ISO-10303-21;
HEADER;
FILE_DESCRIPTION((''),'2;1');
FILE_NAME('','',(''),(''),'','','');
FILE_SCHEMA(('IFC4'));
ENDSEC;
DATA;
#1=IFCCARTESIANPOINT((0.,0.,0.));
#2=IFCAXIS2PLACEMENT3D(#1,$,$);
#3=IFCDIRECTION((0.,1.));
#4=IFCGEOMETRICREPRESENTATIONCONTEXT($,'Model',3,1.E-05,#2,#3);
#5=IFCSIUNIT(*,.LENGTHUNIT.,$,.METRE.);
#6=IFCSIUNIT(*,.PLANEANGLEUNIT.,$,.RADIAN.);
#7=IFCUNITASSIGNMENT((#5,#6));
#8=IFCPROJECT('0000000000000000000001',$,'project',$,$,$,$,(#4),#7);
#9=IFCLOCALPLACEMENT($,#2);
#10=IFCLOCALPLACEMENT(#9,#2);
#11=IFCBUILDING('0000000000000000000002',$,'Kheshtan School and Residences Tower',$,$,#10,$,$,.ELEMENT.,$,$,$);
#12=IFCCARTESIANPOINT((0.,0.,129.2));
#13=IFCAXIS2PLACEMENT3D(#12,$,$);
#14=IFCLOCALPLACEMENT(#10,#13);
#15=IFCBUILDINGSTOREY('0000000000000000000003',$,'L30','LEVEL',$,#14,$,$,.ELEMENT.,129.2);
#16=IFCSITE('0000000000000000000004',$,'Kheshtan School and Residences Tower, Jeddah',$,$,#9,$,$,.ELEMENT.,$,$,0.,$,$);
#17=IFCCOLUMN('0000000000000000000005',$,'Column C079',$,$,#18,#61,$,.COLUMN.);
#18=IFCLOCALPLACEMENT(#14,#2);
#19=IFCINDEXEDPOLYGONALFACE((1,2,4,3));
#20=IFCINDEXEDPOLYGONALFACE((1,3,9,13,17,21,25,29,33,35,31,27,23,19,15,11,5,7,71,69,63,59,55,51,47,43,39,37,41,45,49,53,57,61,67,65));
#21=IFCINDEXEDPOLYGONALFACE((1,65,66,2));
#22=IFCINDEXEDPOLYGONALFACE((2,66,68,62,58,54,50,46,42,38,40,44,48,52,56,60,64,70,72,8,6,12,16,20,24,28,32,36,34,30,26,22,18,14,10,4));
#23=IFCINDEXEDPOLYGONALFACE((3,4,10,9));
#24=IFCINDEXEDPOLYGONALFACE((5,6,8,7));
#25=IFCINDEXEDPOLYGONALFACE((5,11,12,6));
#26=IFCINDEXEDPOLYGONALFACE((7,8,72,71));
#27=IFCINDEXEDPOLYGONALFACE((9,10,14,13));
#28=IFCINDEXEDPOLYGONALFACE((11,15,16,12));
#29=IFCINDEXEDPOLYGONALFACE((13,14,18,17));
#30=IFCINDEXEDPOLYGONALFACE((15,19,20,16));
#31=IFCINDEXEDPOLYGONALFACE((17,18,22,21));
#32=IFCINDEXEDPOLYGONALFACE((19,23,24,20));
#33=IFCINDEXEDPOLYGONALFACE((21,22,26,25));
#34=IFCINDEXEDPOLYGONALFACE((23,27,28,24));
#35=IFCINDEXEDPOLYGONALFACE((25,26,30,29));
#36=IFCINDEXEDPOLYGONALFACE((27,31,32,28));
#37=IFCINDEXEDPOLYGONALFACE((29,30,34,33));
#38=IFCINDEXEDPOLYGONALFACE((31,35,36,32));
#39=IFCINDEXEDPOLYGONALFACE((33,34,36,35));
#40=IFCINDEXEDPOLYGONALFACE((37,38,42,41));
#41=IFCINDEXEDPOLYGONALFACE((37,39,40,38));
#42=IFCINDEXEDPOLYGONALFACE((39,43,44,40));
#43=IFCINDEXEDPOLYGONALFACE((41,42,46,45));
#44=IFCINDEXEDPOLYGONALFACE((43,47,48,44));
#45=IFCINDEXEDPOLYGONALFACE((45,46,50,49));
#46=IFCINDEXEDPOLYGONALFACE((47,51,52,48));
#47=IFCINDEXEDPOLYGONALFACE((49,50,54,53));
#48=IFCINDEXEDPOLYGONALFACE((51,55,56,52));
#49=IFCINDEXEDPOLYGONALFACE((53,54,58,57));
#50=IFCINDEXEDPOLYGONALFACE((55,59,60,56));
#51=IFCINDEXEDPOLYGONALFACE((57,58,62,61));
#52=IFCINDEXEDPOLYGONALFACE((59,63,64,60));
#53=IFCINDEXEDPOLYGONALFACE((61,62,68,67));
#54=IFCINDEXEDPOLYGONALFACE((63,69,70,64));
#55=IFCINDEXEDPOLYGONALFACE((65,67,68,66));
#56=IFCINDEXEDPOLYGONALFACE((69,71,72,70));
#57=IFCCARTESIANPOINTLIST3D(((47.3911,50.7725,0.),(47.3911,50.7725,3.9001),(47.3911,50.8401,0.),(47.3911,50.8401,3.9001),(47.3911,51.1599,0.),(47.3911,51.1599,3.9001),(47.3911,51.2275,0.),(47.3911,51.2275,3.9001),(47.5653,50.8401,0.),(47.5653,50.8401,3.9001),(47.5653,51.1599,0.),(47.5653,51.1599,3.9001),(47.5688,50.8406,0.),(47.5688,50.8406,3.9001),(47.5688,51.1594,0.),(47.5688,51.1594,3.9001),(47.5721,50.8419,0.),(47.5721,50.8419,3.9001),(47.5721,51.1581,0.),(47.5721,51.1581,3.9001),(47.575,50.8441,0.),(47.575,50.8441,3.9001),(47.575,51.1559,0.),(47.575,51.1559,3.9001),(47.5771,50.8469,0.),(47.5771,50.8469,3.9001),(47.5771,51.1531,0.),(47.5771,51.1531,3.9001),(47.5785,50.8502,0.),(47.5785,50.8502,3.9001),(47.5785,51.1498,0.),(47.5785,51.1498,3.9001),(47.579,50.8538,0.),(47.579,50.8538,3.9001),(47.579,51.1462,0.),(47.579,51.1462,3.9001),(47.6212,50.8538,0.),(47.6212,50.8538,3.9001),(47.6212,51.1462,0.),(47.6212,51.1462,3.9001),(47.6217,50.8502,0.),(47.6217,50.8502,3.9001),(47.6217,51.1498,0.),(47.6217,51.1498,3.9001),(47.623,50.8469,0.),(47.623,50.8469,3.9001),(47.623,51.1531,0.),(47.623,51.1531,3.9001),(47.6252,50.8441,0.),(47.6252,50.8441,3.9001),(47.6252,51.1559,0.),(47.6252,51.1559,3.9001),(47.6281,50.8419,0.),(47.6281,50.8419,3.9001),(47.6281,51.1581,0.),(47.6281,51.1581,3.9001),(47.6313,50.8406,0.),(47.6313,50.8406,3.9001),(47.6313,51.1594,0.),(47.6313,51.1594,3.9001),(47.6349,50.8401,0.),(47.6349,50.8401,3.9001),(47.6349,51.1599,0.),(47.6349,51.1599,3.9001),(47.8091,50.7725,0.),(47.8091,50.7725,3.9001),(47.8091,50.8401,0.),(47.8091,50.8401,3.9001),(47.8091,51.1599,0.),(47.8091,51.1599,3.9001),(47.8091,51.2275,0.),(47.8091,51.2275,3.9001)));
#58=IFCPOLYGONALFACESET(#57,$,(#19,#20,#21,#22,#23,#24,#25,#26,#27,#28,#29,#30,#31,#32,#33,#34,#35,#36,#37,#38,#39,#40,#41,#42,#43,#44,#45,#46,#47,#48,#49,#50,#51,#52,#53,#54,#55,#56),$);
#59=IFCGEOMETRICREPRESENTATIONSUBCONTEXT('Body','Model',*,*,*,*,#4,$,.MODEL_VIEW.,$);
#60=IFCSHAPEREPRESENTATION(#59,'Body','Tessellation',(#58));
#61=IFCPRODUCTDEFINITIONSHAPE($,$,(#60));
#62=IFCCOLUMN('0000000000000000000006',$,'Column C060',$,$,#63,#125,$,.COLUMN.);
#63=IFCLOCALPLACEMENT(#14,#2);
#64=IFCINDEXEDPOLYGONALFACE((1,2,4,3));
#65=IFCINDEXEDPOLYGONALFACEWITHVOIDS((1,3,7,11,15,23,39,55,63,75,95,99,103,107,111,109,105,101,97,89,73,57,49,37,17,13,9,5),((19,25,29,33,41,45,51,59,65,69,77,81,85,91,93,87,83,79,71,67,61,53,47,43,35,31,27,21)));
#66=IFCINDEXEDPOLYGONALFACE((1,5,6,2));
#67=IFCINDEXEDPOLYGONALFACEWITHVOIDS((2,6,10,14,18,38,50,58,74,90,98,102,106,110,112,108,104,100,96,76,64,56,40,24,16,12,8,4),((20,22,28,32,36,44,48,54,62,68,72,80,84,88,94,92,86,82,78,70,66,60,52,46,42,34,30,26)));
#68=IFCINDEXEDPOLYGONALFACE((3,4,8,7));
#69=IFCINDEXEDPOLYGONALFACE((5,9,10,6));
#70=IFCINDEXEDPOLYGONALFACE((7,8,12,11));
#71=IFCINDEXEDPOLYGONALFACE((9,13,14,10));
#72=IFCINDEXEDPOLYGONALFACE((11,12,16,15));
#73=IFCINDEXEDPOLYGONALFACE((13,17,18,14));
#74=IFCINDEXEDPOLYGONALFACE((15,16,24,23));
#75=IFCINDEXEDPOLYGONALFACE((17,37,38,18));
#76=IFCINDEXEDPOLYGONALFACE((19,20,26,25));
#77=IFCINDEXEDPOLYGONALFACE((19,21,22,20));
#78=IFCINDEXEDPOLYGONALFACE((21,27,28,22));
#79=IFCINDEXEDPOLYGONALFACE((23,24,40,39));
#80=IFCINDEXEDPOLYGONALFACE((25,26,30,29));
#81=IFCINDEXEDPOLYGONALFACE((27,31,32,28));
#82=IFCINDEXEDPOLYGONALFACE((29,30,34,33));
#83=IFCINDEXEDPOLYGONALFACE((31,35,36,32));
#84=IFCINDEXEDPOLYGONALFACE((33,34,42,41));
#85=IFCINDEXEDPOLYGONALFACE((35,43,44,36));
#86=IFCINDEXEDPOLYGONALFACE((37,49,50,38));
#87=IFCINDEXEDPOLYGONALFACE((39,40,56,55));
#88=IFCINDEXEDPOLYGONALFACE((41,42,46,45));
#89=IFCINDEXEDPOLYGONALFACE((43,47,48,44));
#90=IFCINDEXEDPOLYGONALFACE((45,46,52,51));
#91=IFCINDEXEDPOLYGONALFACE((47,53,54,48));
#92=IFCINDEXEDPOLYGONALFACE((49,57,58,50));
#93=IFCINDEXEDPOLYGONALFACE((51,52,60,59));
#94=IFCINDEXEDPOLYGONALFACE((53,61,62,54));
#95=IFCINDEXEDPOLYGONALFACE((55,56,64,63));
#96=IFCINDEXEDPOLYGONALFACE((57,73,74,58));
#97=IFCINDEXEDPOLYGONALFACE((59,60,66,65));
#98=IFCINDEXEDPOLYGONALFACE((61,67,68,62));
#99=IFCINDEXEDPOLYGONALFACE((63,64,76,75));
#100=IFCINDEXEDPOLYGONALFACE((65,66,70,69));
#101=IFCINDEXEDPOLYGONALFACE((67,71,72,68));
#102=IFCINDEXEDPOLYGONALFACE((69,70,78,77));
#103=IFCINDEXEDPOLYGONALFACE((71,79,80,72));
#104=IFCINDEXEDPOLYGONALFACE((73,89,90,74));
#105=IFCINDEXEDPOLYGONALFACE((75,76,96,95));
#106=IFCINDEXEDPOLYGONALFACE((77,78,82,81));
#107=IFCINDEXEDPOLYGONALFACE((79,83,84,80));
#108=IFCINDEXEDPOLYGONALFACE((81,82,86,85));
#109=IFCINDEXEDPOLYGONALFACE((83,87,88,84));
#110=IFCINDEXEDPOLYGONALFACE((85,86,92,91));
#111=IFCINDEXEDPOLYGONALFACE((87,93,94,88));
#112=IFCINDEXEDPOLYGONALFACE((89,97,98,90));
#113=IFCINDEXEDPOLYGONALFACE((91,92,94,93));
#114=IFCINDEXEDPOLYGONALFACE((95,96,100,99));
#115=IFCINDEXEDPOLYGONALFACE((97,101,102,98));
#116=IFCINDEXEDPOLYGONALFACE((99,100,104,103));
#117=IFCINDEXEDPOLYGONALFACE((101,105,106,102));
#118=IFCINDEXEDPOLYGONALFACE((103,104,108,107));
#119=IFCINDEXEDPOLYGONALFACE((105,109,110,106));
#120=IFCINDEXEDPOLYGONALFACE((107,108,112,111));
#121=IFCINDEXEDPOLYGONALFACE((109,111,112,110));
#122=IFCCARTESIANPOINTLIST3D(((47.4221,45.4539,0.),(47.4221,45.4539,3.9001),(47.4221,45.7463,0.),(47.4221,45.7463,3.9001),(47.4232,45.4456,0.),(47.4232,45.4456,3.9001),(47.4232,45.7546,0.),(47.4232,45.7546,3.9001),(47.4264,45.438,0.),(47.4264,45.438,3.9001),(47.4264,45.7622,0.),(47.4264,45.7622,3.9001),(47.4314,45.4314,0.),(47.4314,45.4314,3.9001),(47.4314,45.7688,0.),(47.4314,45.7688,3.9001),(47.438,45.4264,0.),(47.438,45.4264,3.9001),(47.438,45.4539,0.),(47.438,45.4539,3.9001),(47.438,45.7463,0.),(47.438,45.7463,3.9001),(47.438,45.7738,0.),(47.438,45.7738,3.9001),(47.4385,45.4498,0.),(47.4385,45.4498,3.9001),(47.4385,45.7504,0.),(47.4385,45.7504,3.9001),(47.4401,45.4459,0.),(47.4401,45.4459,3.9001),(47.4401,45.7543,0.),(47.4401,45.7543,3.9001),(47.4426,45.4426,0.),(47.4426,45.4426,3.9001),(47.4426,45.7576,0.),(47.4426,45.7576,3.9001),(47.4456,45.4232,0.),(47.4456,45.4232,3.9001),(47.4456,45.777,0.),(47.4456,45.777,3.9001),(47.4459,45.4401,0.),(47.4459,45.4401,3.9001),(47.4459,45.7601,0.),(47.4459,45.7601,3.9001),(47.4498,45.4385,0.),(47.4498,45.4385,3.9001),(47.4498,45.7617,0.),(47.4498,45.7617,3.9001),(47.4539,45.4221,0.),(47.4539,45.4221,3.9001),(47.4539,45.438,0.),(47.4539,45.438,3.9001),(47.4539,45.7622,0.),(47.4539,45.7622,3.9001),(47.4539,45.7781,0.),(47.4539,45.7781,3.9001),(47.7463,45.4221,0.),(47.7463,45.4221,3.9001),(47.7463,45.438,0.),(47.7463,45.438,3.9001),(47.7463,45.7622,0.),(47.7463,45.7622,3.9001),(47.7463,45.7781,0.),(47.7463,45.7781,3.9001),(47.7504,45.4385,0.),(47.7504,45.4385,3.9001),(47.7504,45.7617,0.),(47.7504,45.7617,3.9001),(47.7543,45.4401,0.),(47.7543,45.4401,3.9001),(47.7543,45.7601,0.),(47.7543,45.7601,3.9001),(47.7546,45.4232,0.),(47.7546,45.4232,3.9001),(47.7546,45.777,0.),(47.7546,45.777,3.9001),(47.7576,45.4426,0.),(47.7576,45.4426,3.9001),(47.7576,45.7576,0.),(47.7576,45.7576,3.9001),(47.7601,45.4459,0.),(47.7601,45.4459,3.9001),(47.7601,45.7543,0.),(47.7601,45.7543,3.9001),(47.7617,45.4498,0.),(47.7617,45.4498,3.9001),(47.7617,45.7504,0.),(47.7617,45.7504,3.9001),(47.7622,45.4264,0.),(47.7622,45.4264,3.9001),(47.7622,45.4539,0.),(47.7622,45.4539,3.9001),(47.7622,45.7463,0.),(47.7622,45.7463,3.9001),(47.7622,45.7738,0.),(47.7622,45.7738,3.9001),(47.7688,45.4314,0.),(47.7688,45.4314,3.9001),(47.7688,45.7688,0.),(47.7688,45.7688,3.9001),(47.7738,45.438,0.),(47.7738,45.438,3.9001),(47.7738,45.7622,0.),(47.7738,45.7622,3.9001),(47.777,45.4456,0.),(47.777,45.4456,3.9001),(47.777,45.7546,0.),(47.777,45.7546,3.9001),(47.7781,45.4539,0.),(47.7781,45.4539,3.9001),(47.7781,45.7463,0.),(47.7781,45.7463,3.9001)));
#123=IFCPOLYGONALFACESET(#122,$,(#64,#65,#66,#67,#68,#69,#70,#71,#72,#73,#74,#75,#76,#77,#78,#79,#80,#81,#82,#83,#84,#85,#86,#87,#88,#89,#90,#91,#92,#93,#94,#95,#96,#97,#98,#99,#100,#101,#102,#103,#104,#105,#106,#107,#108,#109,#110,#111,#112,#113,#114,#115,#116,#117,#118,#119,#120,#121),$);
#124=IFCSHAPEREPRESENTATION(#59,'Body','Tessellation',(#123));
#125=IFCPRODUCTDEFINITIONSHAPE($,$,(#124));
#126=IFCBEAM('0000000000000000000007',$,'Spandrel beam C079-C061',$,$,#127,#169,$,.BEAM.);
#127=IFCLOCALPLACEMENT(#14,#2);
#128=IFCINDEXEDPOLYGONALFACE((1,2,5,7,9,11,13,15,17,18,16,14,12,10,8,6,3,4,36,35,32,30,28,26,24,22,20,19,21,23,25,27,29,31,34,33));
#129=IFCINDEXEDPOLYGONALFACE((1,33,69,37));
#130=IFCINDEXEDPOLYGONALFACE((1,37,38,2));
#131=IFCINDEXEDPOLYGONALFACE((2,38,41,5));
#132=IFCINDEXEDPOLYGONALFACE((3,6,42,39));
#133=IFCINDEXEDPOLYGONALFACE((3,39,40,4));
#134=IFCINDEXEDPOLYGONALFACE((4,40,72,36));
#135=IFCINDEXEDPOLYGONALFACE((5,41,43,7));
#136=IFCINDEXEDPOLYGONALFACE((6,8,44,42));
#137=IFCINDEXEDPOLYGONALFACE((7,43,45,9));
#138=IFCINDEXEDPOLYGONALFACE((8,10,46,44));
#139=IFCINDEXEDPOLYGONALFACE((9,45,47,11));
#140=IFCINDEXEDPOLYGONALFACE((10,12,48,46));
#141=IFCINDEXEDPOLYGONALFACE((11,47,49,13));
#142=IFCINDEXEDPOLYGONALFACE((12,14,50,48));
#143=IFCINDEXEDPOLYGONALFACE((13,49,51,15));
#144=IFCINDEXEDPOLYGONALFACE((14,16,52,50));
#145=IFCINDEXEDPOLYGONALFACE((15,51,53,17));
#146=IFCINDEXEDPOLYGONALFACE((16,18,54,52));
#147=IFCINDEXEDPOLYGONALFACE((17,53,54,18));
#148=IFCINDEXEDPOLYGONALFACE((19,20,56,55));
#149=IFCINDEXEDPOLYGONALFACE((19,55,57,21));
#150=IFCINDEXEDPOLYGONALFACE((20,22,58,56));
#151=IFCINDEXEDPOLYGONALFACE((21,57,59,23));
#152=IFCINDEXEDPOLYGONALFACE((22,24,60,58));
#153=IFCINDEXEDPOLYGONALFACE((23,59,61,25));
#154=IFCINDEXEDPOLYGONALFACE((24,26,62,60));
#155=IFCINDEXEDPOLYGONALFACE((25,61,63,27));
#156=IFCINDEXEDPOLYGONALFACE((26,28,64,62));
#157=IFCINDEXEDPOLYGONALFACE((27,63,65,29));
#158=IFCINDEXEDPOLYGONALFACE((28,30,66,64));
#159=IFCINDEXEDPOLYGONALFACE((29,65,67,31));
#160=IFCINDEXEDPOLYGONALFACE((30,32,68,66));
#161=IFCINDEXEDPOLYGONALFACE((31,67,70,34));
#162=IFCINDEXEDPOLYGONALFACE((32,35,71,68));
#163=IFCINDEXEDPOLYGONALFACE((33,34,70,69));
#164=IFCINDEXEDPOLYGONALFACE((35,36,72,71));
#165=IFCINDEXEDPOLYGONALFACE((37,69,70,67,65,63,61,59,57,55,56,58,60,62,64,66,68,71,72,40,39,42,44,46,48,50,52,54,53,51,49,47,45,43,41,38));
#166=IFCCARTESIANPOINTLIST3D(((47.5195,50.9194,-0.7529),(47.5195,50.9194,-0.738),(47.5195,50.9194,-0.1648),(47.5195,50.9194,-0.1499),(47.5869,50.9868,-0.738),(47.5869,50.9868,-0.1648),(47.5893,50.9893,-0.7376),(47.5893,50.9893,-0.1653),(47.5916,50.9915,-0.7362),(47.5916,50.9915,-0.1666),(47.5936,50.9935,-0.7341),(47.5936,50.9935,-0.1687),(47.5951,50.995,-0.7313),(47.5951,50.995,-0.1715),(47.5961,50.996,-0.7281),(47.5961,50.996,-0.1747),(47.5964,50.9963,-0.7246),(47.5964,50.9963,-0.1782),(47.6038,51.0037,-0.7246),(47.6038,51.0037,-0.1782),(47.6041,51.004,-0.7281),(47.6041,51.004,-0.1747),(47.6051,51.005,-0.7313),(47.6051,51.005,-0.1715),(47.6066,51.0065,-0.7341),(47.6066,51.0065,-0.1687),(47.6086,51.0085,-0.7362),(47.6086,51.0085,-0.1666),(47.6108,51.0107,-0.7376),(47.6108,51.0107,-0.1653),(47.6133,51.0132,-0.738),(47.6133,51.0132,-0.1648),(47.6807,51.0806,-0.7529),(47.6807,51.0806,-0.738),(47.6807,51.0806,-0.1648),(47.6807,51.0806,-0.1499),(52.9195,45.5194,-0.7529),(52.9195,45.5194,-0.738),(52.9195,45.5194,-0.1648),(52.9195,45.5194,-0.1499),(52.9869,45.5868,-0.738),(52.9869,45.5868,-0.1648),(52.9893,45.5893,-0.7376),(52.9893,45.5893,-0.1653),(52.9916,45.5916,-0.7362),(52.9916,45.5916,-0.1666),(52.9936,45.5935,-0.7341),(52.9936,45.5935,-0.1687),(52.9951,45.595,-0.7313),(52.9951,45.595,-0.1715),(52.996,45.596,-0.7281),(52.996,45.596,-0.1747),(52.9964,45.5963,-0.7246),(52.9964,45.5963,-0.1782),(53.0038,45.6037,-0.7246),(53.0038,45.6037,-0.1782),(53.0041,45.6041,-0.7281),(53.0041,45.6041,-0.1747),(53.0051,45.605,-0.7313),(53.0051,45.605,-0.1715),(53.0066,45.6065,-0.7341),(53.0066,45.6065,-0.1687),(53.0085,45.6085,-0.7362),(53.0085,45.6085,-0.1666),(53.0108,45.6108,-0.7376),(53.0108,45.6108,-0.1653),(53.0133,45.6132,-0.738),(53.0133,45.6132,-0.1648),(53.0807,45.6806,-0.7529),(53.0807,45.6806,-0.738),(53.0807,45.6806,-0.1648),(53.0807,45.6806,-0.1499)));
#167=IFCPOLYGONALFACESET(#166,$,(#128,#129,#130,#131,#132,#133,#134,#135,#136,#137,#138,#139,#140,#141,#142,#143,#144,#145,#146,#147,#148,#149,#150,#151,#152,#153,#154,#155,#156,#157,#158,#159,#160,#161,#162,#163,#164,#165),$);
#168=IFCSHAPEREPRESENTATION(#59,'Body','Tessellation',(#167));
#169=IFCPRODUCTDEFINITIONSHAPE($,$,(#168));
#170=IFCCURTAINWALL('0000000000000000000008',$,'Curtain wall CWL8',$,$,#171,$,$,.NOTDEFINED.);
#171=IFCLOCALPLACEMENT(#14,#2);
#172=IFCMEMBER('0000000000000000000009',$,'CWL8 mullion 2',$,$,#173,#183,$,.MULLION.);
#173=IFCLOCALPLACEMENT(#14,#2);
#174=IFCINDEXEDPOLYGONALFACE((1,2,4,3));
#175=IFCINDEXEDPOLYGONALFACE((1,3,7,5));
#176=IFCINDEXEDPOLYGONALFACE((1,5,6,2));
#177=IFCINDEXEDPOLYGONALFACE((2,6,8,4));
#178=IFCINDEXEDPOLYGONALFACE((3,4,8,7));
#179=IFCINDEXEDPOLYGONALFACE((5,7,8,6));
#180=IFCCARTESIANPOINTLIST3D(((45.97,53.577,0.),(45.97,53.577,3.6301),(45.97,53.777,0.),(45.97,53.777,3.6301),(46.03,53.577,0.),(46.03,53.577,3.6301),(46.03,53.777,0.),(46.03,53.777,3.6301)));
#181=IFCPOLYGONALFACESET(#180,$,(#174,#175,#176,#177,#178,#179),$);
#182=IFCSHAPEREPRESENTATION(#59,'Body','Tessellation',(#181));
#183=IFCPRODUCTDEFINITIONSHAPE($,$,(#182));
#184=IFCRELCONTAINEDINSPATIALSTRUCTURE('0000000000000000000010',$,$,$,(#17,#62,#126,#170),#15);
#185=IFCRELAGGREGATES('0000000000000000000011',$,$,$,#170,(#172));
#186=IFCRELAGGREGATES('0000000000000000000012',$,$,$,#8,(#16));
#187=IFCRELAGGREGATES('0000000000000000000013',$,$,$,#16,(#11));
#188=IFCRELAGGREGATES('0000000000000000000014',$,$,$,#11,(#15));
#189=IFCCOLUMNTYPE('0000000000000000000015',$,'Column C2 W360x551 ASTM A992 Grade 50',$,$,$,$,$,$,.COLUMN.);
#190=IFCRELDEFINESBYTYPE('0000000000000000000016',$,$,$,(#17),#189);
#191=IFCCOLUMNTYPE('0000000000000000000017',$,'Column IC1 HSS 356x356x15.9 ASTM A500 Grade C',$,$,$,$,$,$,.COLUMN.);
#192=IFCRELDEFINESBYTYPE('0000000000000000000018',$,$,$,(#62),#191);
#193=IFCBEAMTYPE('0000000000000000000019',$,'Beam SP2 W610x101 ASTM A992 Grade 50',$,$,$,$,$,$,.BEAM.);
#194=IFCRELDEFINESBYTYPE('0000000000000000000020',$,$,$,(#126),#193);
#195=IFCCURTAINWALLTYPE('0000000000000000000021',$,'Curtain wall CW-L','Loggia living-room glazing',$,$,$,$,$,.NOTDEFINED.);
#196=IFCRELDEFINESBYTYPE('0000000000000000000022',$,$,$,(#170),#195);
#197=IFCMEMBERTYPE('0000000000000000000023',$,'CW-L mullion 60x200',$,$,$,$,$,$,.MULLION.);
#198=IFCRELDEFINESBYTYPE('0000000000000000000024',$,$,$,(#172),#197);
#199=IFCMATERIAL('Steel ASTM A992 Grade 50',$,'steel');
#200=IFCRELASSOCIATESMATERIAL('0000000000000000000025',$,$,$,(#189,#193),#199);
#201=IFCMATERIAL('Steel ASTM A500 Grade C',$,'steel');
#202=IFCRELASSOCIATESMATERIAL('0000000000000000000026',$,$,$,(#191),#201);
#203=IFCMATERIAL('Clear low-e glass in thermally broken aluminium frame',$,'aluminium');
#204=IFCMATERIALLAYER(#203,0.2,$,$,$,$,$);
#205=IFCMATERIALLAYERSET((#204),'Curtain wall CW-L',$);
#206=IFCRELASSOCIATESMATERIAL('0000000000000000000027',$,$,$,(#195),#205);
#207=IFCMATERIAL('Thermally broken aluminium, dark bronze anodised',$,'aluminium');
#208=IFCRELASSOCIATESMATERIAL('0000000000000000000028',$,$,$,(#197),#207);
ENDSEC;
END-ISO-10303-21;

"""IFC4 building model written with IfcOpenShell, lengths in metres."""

from ifc_helpers import new_model, si_unit, direction, frame, origin, origin_2d, place, context, subcontext, project, spatial, rectangle, hollow_rectangle, i_section, extrude, material, layer, layer_set, material_profile, profile_set, type_object, element, aggregate, save


model = new_model("IFC4")

# Units and contexts
model_context = context("Model", 3, precision=1e-05, world=origin(), true_north=direction((0.0, 1.0)))
body_context = subcontext(model_context, "Body", "Model", "MODEL_VIEW")
ifc_project = project(units=[si_unit("LENGTHUNIT", "METRE"), si_unit("PLANEANGLEUNIT", "RADIAN")], contexts=[model_context])

# Site, building, storey
site_placement = place(None, origin())
site = spatial("IfcSite", under=ifc_project, at=site_placement, Name="Kheshtan School and Residences Tower, Jeddah", CompositionType="ELEMENT", RefElevation=0.0)
building_placement = place(site_placement, origin())
building = spatial("IfcBuilding", under=site, at=building_placement, Name="Kheshtan School and Residences Tower", CompositionType="ELEMENT")
storey_placement = place(building_placement, frame((0.0, 0.0, 129.2)))
storey = spatial("IfcBuildingStorey", under=building, at=storey_placement, Name="L30", Description="LEVEL", CompositionType="ELEMENT", Elevation=129.2)

# Columns
ifc_material_1 = material(Name="Steel ASTM A992 Grade 50", Category="steel")
ifc_material_profile_1 = material_profile(ifc_material_1, i_section(OverallWidth=0.418, OverallDepth=0.4551, WebThickness=0.0422, FlangeThickness=0.0676, FilletRadius=0.0137, at=origin_2d()), Name="W360x551")
ifc_profile_set_1 = profile_set([ifc_material_profile_1], Name="Steel ASTM A992 Grade 50")
column_type_1 = type_object("IfcColumnType", Name="Column C2 W360x551 ASTM A992 Grade 50", PredefinedType="COLUMN", material=ifc_profile_set_1)
column_1_placement = place(storey_placement, frame((47.6001, 51.0, 0.0), z_axis=(0.0, 0.0, 1.0), x_axis=(1.0, 0.0, 0.0)))
element("IfcColumn", 1, at=column_1_placement, inside=storey, type_object=column_type_1, Name="Column C079", PredefinedType="COLUMN", context=body_context, shape_type="SweptSolid", body=[
    extrude(i_section(OverallWidth=0.418, OverallDepth=0.4551, WebThickness=0.0422, FlangeThickness=0.0676, FilletRadius=0.0137, at=origin_2d()), origin(), (0.0, 0.0, 1.0), 3.9001),
])
ifc_material_2 = material(Name="Steel ASTM A500 Grade C", Category="steel")
ifc_material_profile_2 = material_profile(ifc_material_2, hollow_rectangle(XDim=0.356, YDim=0.356, WallThickness=0.0159, InnerFilletRadius=0.0159, OuterFilletRadius=0.0317, at=origin_2d()), Name="HSS 356x356x15.9")
ifc_profile_set_2 = profile_set([ifc_material_profile_2], Name="Steel ASTM A500 Grade C")
column_type_2 = type_object("IfcColumnType", Name="Column IC1 HSS 356x356x15.9 ASTM A500 Grade C", PredefinedType="COLUMN", material=ifc_profile_set_2)
column_2_placement = place(storey_placement, frame((47.6001, 45.6001, 0.0), z_axis=(0.0, 0.0, 1.0), x_axis=(1.0, 0.0, 0.0)))
element("IfcColumn", 2, at=column_2_placement, inside=storey, type_object=column_type_2, Name="Column C060", PredefinedType="COLUMN", context=body_context, shape_type="SweptSolid", body=[
    extrude(hollow_rectangle(XDim=0.356, YDim=0.356, WallThickness=0.0159, InnerFilletRadius=0.0159, OuterFilletRadius=0.0317, at=origin_2d()), origin(), (0.0, 0.0, 1.0), 3.9001),
])

# Beam
ifc_material_profile_3 = material_profile(ifc_material_1, i_section(OverallWidth=0.228, OverallDepth=0.603, WebThickness=0.0105, FlangeThickness=0.0149, FilletRadius=0.0134, at=origin_2d()), Name="W610x101")
ifc_profile_set_3 = profile_set([ifc_material_profile_3], Name="Steel ASTM A992 Grade 50")
beam_type = type_object("IfcBeamType", Name="Beam SP2 W610x101 ASTM A992 Grade 50", PredefinedType="BEAM", material=ifc_profile_set_3)
beam_placement = place(storey_placement, frame((47.6001, 51.0, -0.4514), z_axis=(0.707107, -0.707107, 0.0), x_axis=(0.707107, 0.707107, 0.0)))
element("IfcBeam", 3, at=beam_placement, inside=storey, type_object=beam_type, Name="Spandrel beam C079-C061", PredefinedType="BEAM", context=body_context, shape_type="SweptSolid", body=[
    extrude(i_section(OverallWidth=0.228, OverallDepth=0.603, WebThickness=0.0105, FlangeThickness=0.0149, FilletRadius=0.0134, at=origin_2d()), origin(), (0.0, 0.0, 1.0), 7.6367),
])

# Curtain wall, member
ifc_material_3 = material(Name="Clear low-e glass in thermally broken aluminium frame", Category="aluminium")
ifc_layer_1 = layer(ifc_material_3, 0.2)
ifc_layer_set_1 = layer_set([ifc_layer_1], Name="Curtain wall CW-L")
curtain_wall_type = type_object("IfcCurtainWallType", Name="Curtain wall CW-L", Description="Loggia living-room glazing", PredefinedType="NOTDEFINED", material=ifc_layer_set_1)
curtain_wall_placement = place(storey_placement, origin())
curtain_wall = element("IfcCurtainWall", 4, at=curtain_wall_placement, inside=storey, type_object=curtain_wall_type, Name="Curtain wall CWL8", PredefinedType="NOTDEFINED")
ifc_material_4 = material(Name="Thermally broken aluminium, dark bronze anodised", Category="aluminium")
ifc_material_profile_4 = material_profile(ifc_material_4, rectangle(XDim=0.0601, YDim=0.2, at=origin_2d()), Name="CW-L mullion 60x200")
ifc_profile_set_4 = profile_set([ifc_material_profile_4], Name="Thermally broken aluminium, dark bronze anodised")
member_type = type_object("IfcMemberType", Name="CW-L mullion 60x200", PredefinedType="MULLION", material=ifc_profile_set_4)
member_1_placement = place(storey_placement, frame((46.0, 53.677, 0.0), z_axis=(0.0, 0.0, 1.0), x_axis=(1.0, 0.0, 0.0)))
member_1 = element("IfcMember", 5, at=member_1_placement, type_object=member_type, Name="CWL8 mullion 2", PredefinedType="MULLION", context=body_context, shape_type="SweptSolid", body=[
    extrude(rectangle(XDim=0.0601, YDim=0.2, at=origin_2d()), origin(), (0.0, 0.0, 1.0), 3.6301),
])
aggregate(curtain_wall, [member_1])

save(model, "model.ifc")
